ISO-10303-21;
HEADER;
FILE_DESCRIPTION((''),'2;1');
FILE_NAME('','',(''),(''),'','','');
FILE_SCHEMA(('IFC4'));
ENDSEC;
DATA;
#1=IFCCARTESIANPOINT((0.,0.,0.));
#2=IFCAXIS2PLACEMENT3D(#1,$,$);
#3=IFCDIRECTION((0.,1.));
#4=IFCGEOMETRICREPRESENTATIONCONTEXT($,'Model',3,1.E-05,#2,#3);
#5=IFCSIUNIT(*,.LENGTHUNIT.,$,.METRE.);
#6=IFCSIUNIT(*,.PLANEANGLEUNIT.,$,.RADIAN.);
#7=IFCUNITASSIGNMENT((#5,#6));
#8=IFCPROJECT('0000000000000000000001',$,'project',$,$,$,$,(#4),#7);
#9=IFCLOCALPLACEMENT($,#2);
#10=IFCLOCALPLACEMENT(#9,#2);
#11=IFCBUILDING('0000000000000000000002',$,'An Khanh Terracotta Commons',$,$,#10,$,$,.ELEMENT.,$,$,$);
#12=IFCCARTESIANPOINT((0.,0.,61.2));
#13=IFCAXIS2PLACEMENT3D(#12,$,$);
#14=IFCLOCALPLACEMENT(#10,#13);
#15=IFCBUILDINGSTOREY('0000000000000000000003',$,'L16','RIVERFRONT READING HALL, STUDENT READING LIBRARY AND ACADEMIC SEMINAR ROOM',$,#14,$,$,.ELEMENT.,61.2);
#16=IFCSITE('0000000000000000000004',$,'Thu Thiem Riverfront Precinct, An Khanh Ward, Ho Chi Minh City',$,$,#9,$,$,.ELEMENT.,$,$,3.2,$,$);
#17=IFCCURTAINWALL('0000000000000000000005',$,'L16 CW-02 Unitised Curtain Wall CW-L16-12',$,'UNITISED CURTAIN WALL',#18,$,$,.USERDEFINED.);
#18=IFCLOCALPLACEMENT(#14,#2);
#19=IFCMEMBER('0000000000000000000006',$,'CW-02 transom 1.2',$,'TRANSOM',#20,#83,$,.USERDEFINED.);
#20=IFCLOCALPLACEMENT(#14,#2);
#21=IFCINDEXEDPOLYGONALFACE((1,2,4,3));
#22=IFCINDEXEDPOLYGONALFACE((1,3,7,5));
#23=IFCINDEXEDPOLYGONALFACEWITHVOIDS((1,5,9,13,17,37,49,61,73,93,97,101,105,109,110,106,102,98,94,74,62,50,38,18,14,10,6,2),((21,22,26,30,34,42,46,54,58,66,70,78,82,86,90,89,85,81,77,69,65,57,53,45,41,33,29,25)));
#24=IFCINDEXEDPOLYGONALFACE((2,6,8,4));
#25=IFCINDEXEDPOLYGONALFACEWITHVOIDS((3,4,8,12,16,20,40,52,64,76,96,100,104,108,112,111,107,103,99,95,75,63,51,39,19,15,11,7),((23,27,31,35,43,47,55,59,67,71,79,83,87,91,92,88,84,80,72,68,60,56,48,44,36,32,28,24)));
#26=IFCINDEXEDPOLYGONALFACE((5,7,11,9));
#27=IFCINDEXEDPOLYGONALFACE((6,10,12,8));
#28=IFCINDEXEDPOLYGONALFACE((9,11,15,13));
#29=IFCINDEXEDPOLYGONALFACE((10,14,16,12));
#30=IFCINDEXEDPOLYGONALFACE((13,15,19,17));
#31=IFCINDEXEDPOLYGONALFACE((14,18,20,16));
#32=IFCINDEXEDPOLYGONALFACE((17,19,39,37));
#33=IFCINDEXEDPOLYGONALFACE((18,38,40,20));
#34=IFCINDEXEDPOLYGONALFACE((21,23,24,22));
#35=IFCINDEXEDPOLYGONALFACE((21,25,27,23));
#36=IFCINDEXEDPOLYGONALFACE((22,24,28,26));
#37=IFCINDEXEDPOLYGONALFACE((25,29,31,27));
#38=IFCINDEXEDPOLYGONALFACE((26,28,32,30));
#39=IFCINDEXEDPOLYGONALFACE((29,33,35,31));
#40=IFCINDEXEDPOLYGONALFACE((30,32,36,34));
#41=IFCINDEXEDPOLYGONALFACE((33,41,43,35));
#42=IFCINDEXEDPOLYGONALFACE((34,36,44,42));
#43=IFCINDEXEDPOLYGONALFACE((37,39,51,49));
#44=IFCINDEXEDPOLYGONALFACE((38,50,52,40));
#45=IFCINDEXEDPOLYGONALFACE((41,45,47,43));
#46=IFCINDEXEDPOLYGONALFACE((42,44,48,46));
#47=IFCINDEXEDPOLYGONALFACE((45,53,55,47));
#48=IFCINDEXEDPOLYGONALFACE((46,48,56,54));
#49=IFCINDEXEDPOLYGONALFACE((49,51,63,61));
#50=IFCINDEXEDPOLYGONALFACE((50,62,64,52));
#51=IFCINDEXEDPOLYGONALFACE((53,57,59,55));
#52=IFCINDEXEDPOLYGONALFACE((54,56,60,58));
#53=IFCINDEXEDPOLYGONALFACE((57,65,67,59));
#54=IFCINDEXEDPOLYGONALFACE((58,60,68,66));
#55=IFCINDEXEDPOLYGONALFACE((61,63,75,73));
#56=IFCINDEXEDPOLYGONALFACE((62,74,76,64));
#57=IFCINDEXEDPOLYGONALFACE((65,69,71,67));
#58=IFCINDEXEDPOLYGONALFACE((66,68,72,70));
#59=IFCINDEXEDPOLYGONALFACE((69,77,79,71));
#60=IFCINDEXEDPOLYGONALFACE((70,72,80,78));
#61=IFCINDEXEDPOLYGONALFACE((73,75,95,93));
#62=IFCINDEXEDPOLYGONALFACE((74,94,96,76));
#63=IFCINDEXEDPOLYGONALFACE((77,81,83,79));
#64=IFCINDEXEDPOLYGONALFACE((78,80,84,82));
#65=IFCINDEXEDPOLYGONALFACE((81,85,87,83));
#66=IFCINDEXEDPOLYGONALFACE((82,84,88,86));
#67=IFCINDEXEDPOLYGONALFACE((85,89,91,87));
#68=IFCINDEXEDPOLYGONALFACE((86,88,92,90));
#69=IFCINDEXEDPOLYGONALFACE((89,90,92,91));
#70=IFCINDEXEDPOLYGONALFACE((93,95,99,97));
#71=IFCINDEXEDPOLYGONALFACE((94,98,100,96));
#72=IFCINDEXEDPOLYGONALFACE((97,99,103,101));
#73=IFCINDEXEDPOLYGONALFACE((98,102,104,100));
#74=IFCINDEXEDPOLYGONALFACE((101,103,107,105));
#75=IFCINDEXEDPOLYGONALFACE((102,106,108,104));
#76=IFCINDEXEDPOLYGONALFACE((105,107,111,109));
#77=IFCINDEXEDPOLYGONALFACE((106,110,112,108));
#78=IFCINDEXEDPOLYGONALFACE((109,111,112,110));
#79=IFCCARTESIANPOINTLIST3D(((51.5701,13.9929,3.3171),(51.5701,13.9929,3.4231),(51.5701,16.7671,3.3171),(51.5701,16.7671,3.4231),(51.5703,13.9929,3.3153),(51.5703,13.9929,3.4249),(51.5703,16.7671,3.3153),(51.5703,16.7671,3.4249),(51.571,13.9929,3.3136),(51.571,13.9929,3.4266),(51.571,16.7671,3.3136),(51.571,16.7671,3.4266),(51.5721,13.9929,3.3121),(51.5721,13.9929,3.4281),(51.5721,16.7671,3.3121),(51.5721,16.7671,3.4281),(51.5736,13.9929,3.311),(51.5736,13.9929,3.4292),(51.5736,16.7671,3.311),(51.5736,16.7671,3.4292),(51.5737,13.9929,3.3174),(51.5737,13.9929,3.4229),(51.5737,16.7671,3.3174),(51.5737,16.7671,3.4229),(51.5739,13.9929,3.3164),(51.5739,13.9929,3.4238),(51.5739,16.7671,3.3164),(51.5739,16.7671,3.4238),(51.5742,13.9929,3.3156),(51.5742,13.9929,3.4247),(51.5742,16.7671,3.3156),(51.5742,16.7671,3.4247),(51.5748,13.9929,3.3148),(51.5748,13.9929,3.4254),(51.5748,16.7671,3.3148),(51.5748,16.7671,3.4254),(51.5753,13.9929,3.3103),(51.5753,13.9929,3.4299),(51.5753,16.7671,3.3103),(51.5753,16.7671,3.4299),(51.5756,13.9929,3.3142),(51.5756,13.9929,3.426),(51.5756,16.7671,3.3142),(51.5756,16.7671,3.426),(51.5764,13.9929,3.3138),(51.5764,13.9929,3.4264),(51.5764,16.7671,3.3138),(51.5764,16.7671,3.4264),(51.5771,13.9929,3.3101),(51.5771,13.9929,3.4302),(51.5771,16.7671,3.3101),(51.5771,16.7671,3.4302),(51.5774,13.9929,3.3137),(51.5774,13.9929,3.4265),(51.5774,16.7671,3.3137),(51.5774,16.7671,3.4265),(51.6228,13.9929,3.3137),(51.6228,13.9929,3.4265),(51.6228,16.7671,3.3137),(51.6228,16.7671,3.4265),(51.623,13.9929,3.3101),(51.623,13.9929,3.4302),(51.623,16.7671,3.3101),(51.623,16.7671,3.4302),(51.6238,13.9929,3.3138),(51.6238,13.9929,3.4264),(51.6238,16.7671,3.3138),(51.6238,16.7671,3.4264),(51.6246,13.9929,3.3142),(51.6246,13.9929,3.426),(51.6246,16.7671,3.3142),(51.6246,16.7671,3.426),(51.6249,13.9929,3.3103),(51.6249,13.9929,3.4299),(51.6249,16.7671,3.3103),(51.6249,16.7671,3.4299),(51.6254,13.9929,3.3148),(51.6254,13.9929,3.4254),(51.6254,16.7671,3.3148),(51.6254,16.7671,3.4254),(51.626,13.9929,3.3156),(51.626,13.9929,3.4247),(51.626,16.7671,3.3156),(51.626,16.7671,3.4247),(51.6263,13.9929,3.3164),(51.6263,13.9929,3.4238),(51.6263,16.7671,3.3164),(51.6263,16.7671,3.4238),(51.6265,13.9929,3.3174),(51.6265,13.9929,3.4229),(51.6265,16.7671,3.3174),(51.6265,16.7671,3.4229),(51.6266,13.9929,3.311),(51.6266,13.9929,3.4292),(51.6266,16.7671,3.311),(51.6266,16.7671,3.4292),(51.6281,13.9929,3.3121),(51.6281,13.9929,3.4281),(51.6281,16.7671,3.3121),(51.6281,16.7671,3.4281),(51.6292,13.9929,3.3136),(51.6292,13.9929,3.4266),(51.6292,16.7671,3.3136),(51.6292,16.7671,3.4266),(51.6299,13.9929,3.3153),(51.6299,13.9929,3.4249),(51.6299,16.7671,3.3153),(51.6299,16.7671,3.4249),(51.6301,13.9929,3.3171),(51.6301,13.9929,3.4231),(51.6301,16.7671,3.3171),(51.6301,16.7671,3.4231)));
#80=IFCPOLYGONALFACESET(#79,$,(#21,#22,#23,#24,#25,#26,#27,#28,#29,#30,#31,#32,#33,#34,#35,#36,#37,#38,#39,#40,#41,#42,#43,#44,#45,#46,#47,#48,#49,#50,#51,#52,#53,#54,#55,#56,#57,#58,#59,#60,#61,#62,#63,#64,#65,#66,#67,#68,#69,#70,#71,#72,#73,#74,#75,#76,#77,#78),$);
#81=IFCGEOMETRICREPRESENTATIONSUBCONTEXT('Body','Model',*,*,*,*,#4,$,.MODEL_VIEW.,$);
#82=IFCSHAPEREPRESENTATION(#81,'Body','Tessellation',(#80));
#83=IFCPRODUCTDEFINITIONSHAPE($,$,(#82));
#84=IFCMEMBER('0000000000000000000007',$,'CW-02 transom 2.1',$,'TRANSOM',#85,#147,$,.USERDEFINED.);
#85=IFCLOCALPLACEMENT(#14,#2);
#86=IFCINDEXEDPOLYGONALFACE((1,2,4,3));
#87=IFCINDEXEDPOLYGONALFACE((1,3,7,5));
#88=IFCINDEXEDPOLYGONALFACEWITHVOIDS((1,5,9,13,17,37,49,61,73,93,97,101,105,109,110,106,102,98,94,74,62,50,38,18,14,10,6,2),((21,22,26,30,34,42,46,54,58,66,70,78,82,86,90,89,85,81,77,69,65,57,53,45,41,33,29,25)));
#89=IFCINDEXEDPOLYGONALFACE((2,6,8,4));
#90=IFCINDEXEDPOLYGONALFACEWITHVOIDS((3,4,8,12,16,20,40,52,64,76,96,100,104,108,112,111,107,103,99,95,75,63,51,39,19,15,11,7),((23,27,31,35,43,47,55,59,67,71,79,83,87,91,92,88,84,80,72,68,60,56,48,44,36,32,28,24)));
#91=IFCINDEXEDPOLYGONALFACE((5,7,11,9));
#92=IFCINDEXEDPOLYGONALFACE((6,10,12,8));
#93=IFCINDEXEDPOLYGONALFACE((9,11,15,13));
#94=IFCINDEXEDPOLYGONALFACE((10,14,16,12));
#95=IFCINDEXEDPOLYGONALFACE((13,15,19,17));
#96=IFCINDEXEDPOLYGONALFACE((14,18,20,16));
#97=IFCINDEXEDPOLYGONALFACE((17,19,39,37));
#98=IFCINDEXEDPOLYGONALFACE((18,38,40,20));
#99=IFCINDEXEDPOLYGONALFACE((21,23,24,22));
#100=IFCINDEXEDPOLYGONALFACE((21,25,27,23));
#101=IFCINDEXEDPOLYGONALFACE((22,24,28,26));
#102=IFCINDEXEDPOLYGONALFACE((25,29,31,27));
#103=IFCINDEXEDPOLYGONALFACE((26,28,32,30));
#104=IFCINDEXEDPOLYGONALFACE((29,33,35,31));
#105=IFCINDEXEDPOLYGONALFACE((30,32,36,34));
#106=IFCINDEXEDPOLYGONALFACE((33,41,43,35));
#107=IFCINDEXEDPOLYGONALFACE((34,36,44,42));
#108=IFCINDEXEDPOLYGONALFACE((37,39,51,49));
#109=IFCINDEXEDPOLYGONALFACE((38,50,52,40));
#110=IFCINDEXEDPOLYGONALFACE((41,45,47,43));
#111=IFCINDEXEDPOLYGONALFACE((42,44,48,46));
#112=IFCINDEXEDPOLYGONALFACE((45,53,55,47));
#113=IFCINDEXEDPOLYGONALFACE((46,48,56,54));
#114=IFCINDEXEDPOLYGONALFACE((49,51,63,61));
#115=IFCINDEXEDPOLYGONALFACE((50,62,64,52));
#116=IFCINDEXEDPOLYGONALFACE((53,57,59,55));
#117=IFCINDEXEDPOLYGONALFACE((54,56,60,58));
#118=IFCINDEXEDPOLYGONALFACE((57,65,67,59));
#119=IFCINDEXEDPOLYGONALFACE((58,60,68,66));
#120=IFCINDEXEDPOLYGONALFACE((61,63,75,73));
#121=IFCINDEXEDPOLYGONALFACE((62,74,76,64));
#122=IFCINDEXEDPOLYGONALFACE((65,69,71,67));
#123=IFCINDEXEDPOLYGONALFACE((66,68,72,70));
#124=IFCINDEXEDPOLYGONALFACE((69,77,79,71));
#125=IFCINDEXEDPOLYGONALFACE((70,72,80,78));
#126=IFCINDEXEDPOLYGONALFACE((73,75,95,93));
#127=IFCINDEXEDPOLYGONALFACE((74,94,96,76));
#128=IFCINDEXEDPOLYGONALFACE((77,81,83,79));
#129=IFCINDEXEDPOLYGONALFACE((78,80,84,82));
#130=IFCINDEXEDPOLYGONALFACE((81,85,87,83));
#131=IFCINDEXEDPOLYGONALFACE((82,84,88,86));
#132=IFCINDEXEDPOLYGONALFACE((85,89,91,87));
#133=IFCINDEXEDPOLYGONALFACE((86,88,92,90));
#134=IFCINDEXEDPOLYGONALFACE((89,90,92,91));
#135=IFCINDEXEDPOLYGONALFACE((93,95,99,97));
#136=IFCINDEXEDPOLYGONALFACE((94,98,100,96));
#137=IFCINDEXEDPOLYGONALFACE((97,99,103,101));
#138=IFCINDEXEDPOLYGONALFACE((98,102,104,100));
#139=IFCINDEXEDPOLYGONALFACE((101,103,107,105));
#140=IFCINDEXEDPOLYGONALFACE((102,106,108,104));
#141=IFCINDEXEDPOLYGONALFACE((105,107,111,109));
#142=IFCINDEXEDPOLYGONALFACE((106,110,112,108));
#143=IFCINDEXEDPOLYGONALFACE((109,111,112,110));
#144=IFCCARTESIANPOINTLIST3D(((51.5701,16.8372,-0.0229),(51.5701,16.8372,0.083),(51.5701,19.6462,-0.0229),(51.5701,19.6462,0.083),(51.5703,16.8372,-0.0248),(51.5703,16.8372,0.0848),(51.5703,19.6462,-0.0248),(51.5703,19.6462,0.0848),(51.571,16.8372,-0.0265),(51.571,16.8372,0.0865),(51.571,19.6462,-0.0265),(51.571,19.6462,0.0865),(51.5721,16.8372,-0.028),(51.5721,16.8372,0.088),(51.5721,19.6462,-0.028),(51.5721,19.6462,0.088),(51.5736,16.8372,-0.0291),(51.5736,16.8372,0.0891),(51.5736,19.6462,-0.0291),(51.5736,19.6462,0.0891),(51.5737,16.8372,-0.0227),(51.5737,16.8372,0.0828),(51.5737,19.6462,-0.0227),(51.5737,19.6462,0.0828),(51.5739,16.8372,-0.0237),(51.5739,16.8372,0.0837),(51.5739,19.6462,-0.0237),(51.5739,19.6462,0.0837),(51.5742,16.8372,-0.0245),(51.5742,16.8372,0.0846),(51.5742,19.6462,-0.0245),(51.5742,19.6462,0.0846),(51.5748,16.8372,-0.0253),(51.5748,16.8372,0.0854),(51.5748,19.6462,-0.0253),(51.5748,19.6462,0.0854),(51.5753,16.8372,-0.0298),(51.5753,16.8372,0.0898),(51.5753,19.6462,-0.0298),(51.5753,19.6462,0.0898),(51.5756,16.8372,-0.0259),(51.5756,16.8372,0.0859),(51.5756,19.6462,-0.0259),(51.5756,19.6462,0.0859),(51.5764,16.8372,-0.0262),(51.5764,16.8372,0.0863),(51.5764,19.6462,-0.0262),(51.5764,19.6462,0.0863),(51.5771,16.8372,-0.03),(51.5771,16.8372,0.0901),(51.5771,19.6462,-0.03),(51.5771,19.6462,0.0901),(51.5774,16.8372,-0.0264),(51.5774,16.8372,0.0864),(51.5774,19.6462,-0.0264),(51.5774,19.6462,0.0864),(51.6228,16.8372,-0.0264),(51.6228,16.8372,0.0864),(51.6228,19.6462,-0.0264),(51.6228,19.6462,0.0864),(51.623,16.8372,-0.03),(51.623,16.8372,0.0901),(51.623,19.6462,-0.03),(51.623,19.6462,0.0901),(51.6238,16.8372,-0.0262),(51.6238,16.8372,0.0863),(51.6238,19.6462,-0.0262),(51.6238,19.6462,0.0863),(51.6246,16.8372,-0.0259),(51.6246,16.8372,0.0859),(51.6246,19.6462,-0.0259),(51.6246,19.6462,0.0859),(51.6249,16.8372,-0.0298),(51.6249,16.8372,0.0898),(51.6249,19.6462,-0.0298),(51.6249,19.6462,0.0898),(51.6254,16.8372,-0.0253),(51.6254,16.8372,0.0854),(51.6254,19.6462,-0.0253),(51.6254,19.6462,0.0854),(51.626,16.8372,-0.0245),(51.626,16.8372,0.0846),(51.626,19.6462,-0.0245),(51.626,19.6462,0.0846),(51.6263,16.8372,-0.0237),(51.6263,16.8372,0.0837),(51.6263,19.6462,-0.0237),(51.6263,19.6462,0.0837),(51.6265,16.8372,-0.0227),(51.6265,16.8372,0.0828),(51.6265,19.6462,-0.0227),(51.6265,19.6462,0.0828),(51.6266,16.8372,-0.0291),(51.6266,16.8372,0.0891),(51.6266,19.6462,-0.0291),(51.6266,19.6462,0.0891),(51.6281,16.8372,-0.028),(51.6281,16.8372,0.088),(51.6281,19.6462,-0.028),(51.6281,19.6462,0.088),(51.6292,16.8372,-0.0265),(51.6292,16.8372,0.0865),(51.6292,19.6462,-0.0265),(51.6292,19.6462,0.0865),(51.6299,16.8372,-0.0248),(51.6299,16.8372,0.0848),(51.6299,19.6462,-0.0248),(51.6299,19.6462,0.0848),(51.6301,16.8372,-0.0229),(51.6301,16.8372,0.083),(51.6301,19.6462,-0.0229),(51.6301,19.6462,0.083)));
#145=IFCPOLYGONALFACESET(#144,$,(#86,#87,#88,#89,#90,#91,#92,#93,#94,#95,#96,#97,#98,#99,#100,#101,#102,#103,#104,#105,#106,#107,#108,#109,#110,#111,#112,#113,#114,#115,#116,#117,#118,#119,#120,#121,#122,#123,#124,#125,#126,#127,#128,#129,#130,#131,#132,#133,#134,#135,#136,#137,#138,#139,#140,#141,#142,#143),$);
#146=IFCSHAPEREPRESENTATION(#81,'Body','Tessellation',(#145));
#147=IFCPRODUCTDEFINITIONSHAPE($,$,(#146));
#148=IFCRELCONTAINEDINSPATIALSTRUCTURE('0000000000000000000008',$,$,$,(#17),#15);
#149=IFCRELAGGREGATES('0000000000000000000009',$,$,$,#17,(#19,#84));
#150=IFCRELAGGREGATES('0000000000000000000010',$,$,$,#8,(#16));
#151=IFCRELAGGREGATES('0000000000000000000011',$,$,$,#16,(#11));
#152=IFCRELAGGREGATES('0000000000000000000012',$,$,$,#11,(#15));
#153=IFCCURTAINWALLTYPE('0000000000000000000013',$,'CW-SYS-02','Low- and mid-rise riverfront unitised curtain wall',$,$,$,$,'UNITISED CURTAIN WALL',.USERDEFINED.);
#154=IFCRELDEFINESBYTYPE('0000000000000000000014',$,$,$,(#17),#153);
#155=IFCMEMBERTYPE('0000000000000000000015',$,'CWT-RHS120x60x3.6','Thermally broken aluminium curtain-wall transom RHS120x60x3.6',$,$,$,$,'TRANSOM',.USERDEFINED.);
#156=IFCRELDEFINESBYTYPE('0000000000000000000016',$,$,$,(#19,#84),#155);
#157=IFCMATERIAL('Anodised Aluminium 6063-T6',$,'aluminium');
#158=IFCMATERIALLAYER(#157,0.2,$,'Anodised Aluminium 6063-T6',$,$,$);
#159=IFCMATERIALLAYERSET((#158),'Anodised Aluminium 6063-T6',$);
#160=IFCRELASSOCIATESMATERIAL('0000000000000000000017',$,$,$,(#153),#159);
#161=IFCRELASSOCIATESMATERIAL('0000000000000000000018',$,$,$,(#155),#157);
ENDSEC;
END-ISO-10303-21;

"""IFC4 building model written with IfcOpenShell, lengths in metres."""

from ifc_helpers import new_model, si_unit, direction, frame, origin, origin_2d, place, context, subcontext, project, spatial, hollow_rectangle, extrude, material, layer, layer_set, material_profile, profile_set, type_object, element, aggregate, save


model = new_model("IFC4")

# Units and contexts
model_context = context("Model", 3, precision=1e-05, world=origin(), true_north=direction((0.0, 1.0)))
body_context = subcontext(model_context, "Body", "Model", "MODEL_VIEW")
ifc_project = project(units=[si_unit("LENGTHUNIT", "METRE"), si_unit("PLANEANGLEUNIT", "RADIAN")], contexts=[model_context])

# Site, building, storey
site_placement = place(None, origin())
site = spatial("IfcSite", under=ifc_project, at=site_placement, Name="Thu Thiem Riverfront Precinct, An Khanh Ward, Ho Chi Minh City", CompositionType="ELEMENT", RefElevation=3.2)
building_placement = place(site_placement, origin())
building = spatial("IfcBuilding", under=site, at=building_placement, Name="An Khanh Terracotta Commons", CompositionType="ELEMENT")
storey_placement = place(building_placement, frame((0.0, 0.0, 61.2)))
storey = spatial("IfcBuildingStorey", under=building, at=storey_placement, Name="L16", Description="RIVERFRONT READING HALL, STUDENT READING LIBRARY AND ACADEMIC SEMINAR ROOM", CompositionType="ELEMENT", Elevation=61.2)

# Curtain wall, members
ifc_material_1 = material(Name="Anodised Aluminium 6063-T6", Category="aluminium")
ifc_layer_1 = layer(ifc_material_1, 0.2, Name="Anodised Aluminium 6063-T6")
ifc_layer_set_1 = layer_set([ifc_layer_1], Name="Anodised Aluminium 6063-T6")
curtain_wall_type = type_object("IfcCurtainWallType", Name="CW-SYS-02", Description="Low- and mid-rise riverfront unitised curtain wall", ElementType="UNITISED CURTAIN WALL", PredefinedType="USERDEFINED", material=ifc_layer_set_1)
curtain_wall_placement = place(storey_placement, origin())
curtain_wall = element("IfcCurtainWall", 1, at=curtain_wall_placement, inside=storey, type_object=curtain_wall_type, Name="L16 CW-02 Unitised Curtain Wall CW-L16-12", ObjectType="UNITISED CURTAIN WALL", PredefinedType="USERDEFINED")
ifc_material_profile_1 = material_profile(ifc_material_1, hollow_rectangle(XDim=0.0601, YDim=0.1201, WallThickness=0.0037, InnerFilletRadius=0.0037, OuterFilletRadius=0.0071, at=origin_2d()), Name="RHS120x60x3.6")
ifc_profile_set_1 = profile_set([ifc_material_profile_1], Name="Anodised Aluminium 6063-T6")
member_type_1 = type_object("IfcMemberType", Name="CWT-RHS120x60x3.6", Description="Thermally broken aluminium curtain-wall transom RHS120x60x3.6", ElementType="TRANSOM", PredefinedType="USERDEFINED", material=ifc_profile_set_1)
member_1_placement = place(storey_placement, frame((51.6001, 13.9929, 3.3701), z_axis=(0.0, 1.0, 0.0), x_axis=(-1.0, 0.0, 0.0)))
member_1 = element("IfcMember", 2, at=member_1_placement, type_object=member_type_1, Name="CW-02 transom 1.2", ObjectType="TRANSOM", PredefinedType="USERDEFINED", context=body_context, shape_type="SweptSolid", body=[
    extrude(hollow_rectangle(XDim=0.0601, YDim=0.1201, WallThickness=0.0037, InnerFilletRadius=0.0037, OuterFilletRadius=0.0071, at=origin_2d()), origin(), (0.0, 0.0, 1.0), 2.7742),
])
member_2_placement = place(storey_placement, frame((51.6001, 16.8372, 0.03), z_axis=(0.0, 1.0, 0.0), x_axis=(-1.0, 0.0, 0.0)))
member_2 = element("IfcMember", 3, at=member_2_placement, type_object=member_type_1, Name="CW-02 transom 2.1", ObjectType="TRANSOM", PredefinedType="USERDEFINED", context=body_context, shape_type="SweptSolid", body=[
    extrude(hollow_rectangle(XDim=0.0601, YDim=0.1201, WallThickness=0.0037, InnerFilletRadius=0.0037, OuterFilletRadius=0.0071, at=origin_2d()), origin(), (0.0, 0.0, 1.0), 2.8091),
])
aggregate(curtain_wall, [member_1, member_2])

save(model, "model.ifc")
